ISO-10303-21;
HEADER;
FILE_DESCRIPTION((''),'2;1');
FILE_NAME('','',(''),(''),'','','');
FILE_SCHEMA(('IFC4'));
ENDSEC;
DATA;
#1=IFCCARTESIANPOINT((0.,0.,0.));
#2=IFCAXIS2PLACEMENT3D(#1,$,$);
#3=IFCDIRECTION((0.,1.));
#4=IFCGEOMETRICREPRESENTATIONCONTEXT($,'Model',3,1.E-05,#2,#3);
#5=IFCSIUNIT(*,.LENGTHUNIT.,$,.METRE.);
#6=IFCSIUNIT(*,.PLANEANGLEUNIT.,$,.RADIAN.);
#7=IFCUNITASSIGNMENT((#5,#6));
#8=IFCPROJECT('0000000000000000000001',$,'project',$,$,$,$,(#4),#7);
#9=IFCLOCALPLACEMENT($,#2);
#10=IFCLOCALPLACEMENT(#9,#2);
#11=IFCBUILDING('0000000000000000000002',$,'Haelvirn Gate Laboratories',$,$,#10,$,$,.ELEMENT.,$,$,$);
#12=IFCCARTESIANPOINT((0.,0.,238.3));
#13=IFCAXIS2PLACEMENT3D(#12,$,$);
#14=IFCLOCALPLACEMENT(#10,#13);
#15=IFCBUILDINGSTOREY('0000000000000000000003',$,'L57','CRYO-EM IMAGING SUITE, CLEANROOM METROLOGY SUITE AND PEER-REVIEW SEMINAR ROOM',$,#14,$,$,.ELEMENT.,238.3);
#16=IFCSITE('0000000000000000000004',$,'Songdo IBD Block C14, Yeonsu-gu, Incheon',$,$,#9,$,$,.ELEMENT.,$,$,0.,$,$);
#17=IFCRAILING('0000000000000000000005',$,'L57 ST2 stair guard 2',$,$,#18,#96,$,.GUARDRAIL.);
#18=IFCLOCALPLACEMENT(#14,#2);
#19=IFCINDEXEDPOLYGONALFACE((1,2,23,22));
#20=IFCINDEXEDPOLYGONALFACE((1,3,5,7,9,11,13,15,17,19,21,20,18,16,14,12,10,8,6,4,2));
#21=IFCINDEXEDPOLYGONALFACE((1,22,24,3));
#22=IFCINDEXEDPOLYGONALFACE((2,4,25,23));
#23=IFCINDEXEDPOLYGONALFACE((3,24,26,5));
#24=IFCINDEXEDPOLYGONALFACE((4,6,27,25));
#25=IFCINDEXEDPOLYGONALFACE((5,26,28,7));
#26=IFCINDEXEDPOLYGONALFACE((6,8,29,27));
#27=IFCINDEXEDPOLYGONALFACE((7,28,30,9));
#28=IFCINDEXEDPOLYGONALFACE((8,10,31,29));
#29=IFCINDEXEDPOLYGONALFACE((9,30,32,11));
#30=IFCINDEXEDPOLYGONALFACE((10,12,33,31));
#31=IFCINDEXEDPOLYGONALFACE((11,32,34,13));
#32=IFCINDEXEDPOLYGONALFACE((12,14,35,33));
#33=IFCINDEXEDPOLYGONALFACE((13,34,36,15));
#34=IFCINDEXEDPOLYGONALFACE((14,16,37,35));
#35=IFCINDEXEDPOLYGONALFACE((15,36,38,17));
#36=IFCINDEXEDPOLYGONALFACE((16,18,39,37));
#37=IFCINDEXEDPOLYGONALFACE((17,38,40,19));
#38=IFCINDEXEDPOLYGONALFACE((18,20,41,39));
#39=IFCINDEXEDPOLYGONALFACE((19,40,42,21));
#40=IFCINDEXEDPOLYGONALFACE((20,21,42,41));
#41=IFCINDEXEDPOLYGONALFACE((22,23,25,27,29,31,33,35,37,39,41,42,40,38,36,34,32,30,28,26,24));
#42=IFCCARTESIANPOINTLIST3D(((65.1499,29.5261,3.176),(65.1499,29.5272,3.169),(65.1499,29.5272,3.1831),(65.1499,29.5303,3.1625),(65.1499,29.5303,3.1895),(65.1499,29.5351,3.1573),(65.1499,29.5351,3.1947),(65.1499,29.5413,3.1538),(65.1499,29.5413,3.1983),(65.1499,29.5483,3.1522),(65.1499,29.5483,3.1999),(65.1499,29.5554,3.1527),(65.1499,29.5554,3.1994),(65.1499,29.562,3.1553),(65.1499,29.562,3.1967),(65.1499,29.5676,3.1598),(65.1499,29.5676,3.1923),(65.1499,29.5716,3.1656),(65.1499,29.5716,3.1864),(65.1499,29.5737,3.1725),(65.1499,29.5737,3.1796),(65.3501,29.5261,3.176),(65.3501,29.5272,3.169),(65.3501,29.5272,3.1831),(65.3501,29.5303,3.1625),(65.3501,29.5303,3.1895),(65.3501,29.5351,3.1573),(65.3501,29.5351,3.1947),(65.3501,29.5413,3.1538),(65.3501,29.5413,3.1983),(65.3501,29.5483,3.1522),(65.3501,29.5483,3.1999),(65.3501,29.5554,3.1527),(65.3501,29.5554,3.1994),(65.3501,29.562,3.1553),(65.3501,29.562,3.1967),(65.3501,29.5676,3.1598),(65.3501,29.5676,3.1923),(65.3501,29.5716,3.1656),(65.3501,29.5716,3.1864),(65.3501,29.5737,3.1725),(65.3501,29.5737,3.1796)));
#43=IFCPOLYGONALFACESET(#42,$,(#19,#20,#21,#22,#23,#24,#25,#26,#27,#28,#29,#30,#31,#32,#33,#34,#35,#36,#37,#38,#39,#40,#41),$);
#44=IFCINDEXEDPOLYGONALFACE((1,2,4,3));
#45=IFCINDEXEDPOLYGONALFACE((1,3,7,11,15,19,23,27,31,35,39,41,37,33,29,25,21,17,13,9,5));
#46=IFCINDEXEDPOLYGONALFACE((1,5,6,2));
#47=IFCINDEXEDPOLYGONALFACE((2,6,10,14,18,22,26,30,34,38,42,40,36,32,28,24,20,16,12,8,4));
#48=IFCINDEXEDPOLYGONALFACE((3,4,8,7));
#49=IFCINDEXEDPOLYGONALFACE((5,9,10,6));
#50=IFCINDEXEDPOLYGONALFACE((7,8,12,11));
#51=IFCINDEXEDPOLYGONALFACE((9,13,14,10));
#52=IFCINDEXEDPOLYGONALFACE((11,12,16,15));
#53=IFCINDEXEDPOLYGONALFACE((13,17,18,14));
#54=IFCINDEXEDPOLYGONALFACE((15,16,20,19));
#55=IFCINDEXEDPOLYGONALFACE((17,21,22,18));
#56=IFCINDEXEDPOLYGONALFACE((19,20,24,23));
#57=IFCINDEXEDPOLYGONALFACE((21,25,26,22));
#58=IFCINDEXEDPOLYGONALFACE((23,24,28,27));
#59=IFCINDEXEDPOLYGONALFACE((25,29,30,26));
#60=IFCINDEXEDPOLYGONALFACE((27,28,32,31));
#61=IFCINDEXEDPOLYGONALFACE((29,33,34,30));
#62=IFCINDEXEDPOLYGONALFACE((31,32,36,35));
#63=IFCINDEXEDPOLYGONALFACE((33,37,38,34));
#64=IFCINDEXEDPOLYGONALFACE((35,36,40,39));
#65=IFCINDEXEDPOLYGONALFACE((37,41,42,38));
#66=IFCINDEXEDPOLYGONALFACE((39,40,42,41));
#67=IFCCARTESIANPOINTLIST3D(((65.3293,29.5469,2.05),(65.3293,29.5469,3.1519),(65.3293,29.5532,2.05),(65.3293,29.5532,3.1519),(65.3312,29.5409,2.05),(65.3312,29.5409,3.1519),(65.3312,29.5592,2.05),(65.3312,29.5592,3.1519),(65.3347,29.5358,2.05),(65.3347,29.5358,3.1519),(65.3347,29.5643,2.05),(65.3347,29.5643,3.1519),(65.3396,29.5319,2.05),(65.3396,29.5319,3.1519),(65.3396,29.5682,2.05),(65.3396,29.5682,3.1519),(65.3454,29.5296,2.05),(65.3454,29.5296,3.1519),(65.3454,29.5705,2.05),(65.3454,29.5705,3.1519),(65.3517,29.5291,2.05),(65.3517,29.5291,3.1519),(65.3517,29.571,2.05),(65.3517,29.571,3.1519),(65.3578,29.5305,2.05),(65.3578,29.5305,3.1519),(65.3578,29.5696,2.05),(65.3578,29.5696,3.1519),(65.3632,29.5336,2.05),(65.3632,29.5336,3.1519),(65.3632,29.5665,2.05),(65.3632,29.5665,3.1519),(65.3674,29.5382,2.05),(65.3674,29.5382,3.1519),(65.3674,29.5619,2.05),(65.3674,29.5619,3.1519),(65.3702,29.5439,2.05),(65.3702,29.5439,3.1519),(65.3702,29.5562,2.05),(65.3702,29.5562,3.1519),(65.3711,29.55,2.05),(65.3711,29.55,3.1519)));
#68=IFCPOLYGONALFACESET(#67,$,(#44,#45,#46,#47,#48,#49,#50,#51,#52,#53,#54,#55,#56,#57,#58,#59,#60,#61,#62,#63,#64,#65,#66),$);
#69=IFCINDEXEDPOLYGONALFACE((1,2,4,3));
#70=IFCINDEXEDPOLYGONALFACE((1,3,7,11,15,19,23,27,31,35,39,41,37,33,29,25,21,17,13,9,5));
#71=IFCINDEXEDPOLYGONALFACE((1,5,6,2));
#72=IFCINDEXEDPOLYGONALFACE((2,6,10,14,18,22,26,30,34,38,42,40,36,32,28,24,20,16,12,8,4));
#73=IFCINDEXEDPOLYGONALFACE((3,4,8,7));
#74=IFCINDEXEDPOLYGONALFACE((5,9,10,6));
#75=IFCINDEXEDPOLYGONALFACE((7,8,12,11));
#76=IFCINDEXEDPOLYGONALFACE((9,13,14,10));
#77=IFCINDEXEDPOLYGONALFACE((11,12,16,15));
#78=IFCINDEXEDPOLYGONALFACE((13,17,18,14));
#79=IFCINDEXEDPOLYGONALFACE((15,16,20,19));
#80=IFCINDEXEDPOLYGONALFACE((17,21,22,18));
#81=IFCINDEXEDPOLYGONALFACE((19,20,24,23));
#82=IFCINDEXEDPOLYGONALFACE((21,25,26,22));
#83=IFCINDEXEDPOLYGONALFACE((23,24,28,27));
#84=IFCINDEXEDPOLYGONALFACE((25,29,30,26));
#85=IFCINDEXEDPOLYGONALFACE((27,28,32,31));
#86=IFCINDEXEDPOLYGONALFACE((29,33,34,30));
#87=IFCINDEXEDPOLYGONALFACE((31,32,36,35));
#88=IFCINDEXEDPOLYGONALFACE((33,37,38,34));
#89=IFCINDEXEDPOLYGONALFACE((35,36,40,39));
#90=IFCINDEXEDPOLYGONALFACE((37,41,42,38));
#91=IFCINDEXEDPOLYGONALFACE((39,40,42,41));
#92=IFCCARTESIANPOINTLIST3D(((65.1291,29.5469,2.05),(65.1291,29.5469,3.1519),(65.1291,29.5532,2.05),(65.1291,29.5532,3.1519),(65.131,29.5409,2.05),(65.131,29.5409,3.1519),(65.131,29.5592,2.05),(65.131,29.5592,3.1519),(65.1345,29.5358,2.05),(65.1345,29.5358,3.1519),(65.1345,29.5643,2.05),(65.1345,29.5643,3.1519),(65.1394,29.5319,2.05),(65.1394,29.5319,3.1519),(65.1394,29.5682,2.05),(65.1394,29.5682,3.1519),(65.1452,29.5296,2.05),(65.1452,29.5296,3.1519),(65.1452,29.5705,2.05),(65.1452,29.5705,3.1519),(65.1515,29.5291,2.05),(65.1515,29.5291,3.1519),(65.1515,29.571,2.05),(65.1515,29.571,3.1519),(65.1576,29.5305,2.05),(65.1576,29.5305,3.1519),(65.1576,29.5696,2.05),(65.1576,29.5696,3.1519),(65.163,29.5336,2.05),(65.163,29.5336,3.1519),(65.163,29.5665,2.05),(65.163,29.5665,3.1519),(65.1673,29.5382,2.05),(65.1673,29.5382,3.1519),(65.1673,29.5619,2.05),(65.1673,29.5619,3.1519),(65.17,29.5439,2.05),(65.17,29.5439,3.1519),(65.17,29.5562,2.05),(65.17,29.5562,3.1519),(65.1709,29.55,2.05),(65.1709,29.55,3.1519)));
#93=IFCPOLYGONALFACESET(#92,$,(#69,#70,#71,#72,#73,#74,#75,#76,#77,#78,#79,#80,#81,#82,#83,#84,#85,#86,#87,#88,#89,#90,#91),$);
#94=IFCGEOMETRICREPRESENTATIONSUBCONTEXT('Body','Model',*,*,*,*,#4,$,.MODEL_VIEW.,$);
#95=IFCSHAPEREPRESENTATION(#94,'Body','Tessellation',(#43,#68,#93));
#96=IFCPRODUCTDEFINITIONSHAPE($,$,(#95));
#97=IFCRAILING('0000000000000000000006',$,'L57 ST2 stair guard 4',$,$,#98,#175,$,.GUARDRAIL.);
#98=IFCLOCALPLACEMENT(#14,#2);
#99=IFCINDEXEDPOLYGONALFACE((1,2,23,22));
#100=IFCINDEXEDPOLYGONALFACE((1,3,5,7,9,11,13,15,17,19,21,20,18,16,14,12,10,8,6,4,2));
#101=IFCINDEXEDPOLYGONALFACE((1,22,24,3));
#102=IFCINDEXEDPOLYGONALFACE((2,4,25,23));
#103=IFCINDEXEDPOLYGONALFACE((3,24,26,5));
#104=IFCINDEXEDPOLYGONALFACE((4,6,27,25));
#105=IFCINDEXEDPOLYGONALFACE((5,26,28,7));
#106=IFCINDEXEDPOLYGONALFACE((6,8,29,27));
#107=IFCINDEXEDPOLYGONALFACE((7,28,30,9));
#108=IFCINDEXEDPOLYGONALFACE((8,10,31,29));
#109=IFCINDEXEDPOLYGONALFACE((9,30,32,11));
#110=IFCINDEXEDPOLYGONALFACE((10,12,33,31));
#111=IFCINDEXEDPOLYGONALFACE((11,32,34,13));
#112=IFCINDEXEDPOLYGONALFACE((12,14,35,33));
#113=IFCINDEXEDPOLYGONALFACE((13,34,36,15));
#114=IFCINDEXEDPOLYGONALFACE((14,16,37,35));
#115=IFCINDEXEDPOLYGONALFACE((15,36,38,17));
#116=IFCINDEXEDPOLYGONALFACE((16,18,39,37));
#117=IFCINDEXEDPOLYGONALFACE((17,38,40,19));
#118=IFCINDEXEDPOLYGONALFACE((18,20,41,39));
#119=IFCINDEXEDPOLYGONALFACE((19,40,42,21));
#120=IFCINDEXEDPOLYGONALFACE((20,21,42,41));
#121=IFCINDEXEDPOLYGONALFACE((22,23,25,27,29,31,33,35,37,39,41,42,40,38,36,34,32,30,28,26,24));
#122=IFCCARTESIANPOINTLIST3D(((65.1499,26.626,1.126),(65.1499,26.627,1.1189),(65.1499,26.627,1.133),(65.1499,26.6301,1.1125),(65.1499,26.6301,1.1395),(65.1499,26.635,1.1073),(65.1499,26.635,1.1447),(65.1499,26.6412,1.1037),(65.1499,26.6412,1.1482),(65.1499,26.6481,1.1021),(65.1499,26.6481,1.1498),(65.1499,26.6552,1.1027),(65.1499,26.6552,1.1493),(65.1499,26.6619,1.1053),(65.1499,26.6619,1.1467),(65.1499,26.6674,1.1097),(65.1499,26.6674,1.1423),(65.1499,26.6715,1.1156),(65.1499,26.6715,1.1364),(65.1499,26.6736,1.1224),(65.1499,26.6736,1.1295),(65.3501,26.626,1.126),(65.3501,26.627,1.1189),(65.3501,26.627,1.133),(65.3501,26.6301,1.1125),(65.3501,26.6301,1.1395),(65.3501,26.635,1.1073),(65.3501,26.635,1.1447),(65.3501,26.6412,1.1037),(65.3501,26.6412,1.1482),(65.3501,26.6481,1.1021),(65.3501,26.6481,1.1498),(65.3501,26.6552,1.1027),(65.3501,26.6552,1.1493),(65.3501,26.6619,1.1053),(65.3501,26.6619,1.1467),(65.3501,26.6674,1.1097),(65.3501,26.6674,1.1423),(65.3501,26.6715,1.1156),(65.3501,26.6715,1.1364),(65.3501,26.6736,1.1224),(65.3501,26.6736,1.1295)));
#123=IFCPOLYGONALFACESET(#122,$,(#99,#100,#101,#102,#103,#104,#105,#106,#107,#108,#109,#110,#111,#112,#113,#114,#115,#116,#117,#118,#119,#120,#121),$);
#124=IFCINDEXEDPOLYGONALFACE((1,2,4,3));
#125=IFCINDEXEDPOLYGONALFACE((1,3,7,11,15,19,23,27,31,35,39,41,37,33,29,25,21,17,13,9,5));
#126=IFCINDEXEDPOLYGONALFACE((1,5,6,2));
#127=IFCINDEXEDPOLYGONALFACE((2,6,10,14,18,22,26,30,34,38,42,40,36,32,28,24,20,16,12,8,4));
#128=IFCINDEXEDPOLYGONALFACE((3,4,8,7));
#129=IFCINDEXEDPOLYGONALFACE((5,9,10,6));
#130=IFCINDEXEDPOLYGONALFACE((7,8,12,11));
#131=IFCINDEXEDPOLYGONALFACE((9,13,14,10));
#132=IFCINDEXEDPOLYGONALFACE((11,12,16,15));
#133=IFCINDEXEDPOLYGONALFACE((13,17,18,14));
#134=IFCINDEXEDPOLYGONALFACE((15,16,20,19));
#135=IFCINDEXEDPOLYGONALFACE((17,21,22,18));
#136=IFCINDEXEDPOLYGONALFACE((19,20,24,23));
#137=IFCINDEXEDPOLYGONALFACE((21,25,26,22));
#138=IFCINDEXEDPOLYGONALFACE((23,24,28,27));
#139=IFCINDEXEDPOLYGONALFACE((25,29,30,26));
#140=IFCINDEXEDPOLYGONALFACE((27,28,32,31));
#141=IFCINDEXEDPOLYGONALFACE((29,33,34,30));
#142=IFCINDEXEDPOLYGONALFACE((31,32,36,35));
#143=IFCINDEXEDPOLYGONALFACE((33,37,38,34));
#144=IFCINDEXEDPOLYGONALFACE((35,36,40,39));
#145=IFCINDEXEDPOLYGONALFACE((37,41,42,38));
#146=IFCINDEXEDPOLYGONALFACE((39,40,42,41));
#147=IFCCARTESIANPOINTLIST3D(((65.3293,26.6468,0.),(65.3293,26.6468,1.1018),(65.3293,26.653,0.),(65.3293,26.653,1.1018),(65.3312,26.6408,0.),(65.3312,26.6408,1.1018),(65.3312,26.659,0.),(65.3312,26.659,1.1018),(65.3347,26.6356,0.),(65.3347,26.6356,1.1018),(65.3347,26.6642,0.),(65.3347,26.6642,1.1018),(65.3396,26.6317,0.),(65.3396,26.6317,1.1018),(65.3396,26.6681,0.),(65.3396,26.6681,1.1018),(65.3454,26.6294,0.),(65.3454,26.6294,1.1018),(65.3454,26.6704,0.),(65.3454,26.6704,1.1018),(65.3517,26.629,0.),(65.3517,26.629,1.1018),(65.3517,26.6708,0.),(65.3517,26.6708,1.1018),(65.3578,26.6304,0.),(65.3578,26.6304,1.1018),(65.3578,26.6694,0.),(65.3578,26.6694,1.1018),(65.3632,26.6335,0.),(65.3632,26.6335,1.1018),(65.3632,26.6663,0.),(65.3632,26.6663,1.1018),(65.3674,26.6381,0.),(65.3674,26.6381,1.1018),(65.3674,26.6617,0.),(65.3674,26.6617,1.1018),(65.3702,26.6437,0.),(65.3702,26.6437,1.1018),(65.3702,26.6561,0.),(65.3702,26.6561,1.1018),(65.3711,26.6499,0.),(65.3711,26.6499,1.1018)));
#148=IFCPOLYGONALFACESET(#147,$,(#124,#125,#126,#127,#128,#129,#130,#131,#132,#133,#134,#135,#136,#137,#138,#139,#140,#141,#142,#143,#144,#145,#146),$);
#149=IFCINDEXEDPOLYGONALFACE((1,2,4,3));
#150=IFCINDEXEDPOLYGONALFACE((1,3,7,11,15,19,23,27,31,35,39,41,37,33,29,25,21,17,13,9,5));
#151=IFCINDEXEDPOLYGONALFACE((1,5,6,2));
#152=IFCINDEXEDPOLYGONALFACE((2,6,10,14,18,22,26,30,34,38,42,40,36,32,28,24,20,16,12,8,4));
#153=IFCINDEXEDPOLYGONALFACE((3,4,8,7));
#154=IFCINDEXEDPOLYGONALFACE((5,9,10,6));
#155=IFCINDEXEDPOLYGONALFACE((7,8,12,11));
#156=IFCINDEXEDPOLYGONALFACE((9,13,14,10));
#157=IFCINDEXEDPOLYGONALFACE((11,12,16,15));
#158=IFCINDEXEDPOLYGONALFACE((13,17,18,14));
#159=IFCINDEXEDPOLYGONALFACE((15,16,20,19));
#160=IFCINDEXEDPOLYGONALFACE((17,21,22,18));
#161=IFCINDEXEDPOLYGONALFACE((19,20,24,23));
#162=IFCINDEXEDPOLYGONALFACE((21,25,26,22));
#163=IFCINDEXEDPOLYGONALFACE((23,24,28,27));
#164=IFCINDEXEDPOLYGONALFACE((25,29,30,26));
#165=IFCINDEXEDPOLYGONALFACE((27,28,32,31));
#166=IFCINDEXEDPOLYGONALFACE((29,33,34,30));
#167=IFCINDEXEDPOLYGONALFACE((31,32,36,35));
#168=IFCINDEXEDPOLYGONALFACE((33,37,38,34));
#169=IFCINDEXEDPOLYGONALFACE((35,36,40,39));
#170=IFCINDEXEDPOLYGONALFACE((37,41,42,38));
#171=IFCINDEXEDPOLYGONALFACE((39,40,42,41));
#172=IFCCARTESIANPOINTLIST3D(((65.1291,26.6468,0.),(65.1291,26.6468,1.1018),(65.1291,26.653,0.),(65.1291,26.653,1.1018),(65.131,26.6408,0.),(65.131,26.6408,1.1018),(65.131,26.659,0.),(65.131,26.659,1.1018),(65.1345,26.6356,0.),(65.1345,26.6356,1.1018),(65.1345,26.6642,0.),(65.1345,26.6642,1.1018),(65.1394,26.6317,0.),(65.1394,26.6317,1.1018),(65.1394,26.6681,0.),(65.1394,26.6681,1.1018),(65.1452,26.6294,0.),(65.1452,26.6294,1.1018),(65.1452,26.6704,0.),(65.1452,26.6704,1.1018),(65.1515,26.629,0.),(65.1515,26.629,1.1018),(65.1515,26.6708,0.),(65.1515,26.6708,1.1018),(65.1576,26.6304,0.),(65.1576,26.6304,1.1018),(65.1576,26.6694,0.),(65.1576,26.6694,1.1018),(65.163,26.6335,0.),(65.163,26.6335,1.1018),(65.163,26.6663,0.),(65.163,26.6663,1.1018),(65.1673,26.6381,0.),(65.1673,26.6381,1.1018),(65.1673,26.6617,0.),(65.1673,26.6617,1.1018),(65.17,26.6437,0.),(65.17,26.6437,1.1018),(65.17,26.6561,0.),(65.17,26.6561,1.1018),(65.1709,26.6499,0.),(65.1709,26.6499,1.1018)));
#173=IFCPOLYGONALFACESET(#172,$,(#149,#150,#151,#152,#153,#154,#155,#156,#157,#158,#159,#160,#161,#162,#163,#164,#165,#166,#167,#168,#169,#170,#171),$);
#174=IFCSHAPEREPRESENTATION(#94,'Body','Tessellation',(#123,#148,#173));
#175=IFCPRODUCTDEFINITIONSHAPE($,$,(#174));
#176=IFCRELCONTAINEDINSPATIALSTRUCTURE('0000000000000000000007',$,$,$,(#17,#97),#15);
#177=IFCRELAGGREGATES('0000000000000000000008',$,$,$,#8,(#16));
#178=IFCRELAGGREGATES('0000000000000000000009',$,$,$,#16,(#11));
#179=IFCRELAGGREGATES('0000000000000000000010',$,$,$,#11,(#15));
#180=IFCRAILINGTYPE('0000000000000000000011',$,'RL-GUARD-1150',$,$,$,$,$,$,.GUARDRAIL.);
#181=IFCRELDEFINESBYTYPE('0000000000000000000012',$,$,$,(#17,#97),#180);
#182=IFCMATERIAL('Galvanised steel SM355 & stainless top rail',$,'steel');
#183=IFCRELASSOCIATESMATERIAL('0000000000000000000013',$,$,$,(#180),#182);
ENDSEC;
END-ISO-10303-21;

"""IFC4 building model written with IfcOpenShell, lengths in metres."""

from ifc_helpers import new_model, si_unit, direction, frame, origin, origin_2d, place, context, subcontext, project, spatial, circle, extrude, source, transform, mapped, material, type_object, element, save


model = new_model("IFC4")

# Units and contexts
model_context = context("Model", 3, precision=1e-05, world=origin(), true_north=direction((0.0, 1.0)))
body_context = subcontext(model_context, "Body", "Model", "MODEL_VIEW")
ifc_project = project(units=[si_unit("LENGTHUNIT", "METRE"), si_unit("PLANEANGLEUNIT", "RADIAN")], contexts=[model_context])

# Site, building, storey
site_placement = place(None, origin())
site = spatial("IfcSite", under=ifc_project, at=site_placement, Name="Songdo IBD Block C14, Yeonsu-gu, Incheon", CompositionType="ELEMENT", RefElevation=0.0)
building_placement = place(site_placement, origin())
building = spatial("IfcBuilding", under=site, at=building_placement, Name="Haelvirn Gate Laboratories", CompositionType="ELEMENT")
storey_placement = place(building_placement, frame((0.0, 0.0, 238.3)))
storey = spatial("IfcBuildingStorey", under=building, at=storey_placement, Name="L57", Description="CRYO-EM IMAGING SUITE, CLEANROOM METROLOGY SUITE AND PEER-REVIEW SEMINAR ROOM", CompositionType="ELEMENT", Elevation=238.3)

# Railings
ifc_material_1 = material(Name="Galvanised steel SM355 & stainless top rail", Category="steel")
railing_type_1 = type_object("IfcRailingType", Name="RL-GUARD-1150", PredefinedType="GUARDRAIL", material=ifc_material_1)
shared_shape_1 = source(origin(), body_context, "Body", "SweptSolid", [
    extrude(circle(Radius=0.0239, at=origin_2d()), frame((0.0, 0.0, 1.126), z_axis=(-1.0, 0.0, 0.0), x_axis=(0.0, -1.0, 0.0)), (0.0, 0.0, 1.0), 0.2002),
    extrude(circle(Radius=0.021, at=origin_2d()), origin(), (0.0, 0.0, 1.0), 1.1018),
    extrude(circle(Radius=0.021, at=origin_2d()), frame((-0.2002, 0.0, 0.0)), (0.0, 0.0, 1.0), 1.1018),
])
for number, where, name in (
    (1, (65.3501, 29.55, 2.05), "L57 ST2 stair guard 2"),
    (2, (65.3501, 26.6499, 0.0), "L57 ST2 stair guard 4"),
):
    element("IfcRailing", number, at=place(storey_placement, frame(where)), inside=storey, type_object=railing_type_1, Name=name, PredefinedType="GUARDRAIL", context=body_context, shape_type="MappedRepresentation", body=[
        mapped(shared_shape_1, transform((0.0, 0.0, 0.0), scale=1.0)),
    ])

save(model, "model.ifc")
